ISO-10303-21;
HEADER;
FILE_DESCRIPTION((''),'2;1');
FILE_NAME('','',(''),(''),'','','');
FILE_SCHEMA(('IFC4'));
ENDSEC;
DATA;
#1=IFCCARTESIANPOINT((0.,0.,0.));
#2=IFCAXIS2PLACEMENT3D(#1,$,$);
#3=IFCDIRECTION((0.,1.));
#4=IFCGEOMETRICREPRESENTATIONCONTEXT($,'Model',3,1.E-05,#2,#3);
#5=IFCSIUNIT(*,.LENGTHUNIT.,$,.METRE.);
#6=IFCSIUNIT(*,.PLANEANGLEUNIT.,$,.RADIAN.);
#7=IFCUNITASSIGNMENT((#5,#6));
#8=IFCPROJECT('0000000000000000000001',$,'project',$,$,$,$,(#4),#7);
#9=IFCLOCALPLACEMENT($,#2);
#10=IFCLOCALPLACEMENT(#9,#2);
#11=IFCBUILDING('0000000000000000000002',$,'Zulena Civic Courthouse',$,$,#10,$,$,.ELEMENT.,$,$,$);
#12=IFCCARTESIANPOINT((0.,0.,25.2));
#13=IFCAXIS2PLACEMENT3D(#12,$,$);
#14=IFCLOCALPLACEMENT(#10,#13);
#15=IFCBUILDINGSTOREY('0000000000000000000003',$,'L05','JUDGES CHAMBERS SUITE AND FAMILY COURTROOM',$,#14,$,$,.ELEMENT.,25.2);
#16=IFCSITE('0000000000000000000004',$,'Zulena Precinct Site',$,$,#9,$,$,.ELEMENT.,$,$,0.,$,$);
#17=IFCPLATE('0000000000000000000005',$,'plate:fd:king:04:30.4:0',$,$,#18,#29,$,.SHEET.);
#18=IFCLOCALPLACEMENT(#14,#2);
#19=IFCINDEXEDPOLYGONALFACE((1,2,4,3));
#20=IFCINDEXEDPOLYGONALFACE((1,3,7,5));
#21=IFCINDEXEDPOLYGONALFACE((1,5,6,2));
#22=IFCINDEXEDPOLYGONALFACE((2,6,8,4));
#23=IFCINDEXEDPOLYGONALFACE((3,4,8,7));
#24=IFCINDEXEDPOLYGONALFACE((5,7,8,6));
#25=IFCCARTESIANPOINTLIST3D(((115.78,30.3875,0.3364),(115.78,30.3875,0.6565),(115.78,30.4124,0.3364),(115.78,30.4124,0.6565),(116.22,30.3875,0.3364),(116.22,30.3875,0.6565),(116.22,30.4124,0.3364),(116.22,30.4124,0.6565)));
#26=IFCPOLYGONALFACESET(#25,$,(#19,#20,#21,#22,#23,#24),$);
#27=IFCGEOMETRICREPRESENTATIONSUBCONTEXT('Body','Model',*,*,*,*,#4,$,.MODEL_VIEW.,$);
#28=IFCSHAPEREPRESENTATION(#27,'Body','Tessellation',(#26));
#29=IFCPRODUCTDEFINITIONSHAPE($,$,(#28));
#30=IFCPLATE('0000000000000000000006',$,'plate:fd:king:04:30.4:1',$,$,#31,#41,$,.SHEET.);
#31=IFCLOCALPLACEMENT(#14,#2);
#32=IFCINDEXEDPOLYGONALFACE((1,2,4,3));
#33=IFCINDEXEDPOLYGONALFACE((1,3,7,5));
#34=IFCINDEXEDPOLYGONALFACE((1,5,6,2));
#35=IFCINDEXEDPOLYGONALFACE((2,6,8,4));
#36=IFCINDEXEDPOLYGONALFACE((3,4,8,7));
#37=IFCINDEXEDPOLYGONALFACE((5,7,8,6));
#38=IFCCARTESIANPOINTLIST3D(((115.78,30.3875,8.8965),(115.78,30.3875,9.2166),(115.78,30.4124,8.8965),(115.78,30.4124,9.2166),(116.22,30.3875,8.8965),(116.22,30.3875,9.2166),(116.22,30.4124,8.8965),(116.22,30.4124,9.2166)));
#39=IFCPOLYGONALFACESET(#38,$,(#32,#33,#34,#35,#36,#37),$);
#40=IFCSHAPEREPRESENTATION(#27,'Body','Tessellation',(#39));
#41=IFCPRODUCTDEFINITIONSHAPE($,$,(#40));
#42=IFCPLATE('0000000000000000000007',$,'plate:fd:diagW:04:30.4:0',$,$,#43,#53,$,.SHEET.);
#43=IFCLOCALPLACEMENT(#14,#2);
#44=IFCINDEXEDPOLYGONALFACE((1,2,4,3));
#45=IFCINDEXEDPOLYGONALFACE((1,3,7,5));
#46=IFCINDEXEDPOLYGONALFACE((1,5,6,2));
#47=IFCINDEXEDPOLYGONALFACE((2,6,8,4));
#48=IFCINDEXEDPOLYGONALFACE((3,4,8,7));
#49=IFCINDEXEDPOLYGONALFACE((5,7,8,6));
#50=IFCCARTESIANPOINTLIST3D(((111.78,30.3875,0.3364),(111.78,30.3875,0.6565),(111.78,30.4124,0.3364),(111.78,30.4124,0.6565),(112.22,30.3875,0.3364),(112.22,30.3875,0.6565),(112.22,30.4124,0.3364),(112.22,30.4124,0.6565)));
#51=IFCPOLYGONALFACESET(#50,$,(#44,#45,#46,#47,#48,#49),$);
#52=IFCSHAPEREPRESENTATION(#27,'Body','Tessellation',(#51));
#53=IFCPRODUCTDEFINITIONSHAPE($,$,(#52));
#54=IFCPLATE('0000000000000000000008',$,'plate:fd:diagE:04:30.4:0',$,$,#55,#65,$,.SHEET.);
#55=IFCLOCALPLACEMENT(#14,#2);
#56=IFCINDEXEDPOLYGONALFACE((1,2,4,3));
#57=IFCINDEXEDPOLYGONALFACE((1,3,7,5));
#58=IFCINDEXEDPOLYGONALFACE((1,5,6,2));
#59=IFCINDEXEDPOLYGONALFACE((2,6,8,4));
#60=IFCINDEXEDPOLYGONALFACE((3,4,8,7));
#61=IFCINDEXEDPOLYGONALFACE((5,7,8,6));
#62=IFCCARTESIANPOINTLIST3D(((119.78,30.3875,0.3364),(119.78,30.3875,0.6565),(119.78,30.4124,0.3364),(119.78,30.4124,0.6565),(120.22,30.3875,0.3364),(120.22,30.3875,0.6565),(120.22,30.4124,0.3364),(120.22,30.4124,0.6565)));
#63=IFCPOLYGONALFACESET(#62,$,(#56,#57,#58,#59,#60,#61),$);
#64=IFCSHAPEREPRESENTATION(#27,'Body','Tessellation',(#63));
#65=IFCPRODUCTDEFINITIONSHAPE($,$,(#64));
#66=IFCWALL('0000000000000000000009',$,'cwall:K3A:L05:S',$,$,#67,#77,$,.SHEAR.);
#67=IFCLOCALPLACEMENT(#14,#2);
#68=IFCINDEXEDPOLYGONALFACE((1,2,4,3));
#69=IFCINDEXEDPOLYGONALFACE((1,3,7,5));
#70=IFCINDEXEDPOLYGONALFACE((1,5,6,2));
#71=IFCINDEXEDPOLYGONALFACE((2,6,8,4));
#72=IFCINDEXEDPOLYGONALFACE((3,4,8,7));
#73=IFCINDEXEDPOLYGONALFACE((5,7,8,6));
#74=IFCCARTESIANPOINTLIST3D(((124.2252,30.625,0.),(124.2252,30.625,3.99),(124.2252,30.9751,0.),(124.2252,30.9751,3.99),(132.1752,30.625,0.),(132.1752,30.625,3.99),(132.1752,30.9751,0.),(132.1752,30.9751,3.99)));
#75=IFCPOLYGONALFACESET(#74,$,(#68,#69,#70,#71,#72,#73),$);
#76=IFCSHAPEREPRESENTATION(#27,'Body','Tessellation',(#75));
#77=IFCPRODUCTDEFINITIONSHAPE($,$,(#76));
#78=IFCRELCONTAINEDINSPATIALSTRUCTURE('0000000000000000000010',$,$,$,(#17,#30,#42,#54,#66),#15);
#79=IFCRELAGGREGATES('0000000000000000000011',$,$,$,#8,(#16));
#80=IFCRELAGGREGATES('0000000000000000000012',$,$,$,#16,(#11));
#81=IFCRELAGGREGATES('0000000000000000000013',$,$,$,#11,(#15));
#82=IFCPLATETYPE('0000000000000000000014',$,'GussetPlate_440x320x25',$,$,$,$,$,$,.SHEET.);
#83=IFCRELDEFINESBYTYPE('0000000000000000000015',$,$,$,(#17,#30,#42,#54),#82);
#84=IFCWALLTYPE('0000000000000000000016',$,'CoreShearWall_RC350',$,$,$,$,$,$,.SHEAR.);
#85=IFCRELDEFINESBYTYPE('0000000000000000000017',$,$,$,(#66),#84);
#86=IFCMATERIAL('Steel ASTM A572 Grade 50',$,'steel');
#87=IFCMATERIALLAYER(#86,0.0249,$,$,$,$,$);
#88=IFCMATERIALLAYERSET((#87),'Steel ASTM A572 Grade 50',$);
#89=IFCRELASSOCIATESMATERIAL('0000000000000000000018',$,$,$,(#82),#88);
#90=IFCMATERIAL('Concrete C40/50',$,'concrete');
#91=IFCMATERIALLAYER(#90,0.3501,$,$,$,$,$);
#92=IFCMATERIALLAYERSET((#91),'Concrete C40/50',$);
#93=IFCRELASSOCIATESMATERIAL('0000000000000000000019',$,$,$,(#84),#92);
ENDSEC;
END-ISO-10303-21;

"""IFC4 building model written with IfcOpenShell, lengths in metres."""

from ifc_helpers import new_model, si_unit, direction, frame, frame_2d, origin, origin_2d, place, context, subcontext, project, spatial, rectangle, extrude, material, layer, layer_set, type_object, element, save


model = new_model("IFC4")

# Units and contexts
model_context = context("Model", 3, precision=1e-05, world=origin(), true_north=direction((0.0, 1.0)))
body_context = subcontext(model_context, "Body", "Model", "MODEL_VIEW")
ifc_project = project(units=[si_unit("LENGTHUNIT", "METRE"), si_unit("PLANEANGLEUNIT", "RADIAN")], contexts=[model_context])

# Site, building, storey
site_placement = place(None, origin())
site = spatial("IfcSite", under=ifc_project, at=site_placement, Name="Zulena Precinct Site", CompositionType="ELEMENT", RefElevation=0.0)
building_placement = place(site_placement, origin())
building = spatial("IfcBuilding", under=site, at=building_placement, Name="Zulena Civic Courthouse", CompositionType="ELEMENT")
storey_placement = place(building_placement, frame((0.0, 0.0, 25.2)))
storey = spatial("IfcBuildingStorey", under=building, at=storey_placement, Name="L05", Description="JUDGES CHAMBERS SUITE AND FAMILY COURTROOM", CompositionType="ELEMENT", Elevation=25.2)

# Plates
ifc_material_1 = material(Name="Steel ASTM A572 Grade 50", Category="steel")
ifc_layer_1 = layer(ifc_material_1, 0.0249)
ifc_layer_set_1 = layer_set([ifc_layer_1], Name="Steel ASTM A572 Grade 50")
plate_type = type_object("IfcPlateType", Name="GussetPlate_440x320x25", PredefinedType="SHEET", material=ifc_layer_set_1)
for number, where, z_axis, x_axis, name in (
    (1, (116.0, 30.3999, 0.3364), (0.0, 0.0, 1.0), (1.0, 0.0, 0.0), "plate:fd:king:04:30.4:0"),
    (2, (116.0, 30.3999, 8.8965), (0.0, 0.0, 1.0), (1.0, 0.0, 0.0), "plate:fd:king:04:30.4:1"),
    (3, (112.0, 30.3999, 0.3364), (0.0, 0.0, 1.0), (1.0, 0.0, 0.0), "plate:fd:diagW:04:30.4:0"),
    (4, (120.0, 30.3999, 0.3364), (0.0, 0.0, 1.0), (1.0, 0.0, 0.0), "plate:fd:diagE:04:30.4:0"),
):
    element("IfcPlate", number, at=place(storey_placement, frame(where, z_axis=z_axis, x_axis=x_axis)), inside=storey, type_object=plate_type, Name=name, PredefinedType="SHEET", context=body_context, shape_type="SweptSolid", body=[
        extrude(rectangle(XDim=0.4399, YDim=0.0249, at=origin_2d()), origin(), (0.0, 0.0, 1.0), 0.3201),
    ])

# Wall
ifc_material_2 = material(Name="Concrete C40/50", Category="concrete")
ifc_layer_2 = layer(ifc_material_2, 0.3501)
ifc_layer_set_2 = layer_set([ifc_layer_2], Name="Concrete C40/50")
wall_type = type_object("IfcWallType", Name="CoreShearWall_RC350", PredefinedType="SHEAR", material=ifc_layer_set_2)
wall_placement = place(storey_placement, frame((124.2251, 30.8, 0.0), z_axis=(0.0, 0.0, 1.0), x_axis=(1.0, 0.0, 0.0)))
element("IfcWall", 5, at=wall_placement, inside=storey, type_object=wall_type, Name="cwall:K3A:L05:S", PredefinedType="SHEAR", context=body_context, shape_type="SweptSolid", body=[
    extrude(rectangle(XDim=7.95, YDim=0.3501, at=frame_2d((3.9751, 0.0))), origin(), (0.0, 0.0, 1.0), 3.99),
])

save(model, "model.ifc")
